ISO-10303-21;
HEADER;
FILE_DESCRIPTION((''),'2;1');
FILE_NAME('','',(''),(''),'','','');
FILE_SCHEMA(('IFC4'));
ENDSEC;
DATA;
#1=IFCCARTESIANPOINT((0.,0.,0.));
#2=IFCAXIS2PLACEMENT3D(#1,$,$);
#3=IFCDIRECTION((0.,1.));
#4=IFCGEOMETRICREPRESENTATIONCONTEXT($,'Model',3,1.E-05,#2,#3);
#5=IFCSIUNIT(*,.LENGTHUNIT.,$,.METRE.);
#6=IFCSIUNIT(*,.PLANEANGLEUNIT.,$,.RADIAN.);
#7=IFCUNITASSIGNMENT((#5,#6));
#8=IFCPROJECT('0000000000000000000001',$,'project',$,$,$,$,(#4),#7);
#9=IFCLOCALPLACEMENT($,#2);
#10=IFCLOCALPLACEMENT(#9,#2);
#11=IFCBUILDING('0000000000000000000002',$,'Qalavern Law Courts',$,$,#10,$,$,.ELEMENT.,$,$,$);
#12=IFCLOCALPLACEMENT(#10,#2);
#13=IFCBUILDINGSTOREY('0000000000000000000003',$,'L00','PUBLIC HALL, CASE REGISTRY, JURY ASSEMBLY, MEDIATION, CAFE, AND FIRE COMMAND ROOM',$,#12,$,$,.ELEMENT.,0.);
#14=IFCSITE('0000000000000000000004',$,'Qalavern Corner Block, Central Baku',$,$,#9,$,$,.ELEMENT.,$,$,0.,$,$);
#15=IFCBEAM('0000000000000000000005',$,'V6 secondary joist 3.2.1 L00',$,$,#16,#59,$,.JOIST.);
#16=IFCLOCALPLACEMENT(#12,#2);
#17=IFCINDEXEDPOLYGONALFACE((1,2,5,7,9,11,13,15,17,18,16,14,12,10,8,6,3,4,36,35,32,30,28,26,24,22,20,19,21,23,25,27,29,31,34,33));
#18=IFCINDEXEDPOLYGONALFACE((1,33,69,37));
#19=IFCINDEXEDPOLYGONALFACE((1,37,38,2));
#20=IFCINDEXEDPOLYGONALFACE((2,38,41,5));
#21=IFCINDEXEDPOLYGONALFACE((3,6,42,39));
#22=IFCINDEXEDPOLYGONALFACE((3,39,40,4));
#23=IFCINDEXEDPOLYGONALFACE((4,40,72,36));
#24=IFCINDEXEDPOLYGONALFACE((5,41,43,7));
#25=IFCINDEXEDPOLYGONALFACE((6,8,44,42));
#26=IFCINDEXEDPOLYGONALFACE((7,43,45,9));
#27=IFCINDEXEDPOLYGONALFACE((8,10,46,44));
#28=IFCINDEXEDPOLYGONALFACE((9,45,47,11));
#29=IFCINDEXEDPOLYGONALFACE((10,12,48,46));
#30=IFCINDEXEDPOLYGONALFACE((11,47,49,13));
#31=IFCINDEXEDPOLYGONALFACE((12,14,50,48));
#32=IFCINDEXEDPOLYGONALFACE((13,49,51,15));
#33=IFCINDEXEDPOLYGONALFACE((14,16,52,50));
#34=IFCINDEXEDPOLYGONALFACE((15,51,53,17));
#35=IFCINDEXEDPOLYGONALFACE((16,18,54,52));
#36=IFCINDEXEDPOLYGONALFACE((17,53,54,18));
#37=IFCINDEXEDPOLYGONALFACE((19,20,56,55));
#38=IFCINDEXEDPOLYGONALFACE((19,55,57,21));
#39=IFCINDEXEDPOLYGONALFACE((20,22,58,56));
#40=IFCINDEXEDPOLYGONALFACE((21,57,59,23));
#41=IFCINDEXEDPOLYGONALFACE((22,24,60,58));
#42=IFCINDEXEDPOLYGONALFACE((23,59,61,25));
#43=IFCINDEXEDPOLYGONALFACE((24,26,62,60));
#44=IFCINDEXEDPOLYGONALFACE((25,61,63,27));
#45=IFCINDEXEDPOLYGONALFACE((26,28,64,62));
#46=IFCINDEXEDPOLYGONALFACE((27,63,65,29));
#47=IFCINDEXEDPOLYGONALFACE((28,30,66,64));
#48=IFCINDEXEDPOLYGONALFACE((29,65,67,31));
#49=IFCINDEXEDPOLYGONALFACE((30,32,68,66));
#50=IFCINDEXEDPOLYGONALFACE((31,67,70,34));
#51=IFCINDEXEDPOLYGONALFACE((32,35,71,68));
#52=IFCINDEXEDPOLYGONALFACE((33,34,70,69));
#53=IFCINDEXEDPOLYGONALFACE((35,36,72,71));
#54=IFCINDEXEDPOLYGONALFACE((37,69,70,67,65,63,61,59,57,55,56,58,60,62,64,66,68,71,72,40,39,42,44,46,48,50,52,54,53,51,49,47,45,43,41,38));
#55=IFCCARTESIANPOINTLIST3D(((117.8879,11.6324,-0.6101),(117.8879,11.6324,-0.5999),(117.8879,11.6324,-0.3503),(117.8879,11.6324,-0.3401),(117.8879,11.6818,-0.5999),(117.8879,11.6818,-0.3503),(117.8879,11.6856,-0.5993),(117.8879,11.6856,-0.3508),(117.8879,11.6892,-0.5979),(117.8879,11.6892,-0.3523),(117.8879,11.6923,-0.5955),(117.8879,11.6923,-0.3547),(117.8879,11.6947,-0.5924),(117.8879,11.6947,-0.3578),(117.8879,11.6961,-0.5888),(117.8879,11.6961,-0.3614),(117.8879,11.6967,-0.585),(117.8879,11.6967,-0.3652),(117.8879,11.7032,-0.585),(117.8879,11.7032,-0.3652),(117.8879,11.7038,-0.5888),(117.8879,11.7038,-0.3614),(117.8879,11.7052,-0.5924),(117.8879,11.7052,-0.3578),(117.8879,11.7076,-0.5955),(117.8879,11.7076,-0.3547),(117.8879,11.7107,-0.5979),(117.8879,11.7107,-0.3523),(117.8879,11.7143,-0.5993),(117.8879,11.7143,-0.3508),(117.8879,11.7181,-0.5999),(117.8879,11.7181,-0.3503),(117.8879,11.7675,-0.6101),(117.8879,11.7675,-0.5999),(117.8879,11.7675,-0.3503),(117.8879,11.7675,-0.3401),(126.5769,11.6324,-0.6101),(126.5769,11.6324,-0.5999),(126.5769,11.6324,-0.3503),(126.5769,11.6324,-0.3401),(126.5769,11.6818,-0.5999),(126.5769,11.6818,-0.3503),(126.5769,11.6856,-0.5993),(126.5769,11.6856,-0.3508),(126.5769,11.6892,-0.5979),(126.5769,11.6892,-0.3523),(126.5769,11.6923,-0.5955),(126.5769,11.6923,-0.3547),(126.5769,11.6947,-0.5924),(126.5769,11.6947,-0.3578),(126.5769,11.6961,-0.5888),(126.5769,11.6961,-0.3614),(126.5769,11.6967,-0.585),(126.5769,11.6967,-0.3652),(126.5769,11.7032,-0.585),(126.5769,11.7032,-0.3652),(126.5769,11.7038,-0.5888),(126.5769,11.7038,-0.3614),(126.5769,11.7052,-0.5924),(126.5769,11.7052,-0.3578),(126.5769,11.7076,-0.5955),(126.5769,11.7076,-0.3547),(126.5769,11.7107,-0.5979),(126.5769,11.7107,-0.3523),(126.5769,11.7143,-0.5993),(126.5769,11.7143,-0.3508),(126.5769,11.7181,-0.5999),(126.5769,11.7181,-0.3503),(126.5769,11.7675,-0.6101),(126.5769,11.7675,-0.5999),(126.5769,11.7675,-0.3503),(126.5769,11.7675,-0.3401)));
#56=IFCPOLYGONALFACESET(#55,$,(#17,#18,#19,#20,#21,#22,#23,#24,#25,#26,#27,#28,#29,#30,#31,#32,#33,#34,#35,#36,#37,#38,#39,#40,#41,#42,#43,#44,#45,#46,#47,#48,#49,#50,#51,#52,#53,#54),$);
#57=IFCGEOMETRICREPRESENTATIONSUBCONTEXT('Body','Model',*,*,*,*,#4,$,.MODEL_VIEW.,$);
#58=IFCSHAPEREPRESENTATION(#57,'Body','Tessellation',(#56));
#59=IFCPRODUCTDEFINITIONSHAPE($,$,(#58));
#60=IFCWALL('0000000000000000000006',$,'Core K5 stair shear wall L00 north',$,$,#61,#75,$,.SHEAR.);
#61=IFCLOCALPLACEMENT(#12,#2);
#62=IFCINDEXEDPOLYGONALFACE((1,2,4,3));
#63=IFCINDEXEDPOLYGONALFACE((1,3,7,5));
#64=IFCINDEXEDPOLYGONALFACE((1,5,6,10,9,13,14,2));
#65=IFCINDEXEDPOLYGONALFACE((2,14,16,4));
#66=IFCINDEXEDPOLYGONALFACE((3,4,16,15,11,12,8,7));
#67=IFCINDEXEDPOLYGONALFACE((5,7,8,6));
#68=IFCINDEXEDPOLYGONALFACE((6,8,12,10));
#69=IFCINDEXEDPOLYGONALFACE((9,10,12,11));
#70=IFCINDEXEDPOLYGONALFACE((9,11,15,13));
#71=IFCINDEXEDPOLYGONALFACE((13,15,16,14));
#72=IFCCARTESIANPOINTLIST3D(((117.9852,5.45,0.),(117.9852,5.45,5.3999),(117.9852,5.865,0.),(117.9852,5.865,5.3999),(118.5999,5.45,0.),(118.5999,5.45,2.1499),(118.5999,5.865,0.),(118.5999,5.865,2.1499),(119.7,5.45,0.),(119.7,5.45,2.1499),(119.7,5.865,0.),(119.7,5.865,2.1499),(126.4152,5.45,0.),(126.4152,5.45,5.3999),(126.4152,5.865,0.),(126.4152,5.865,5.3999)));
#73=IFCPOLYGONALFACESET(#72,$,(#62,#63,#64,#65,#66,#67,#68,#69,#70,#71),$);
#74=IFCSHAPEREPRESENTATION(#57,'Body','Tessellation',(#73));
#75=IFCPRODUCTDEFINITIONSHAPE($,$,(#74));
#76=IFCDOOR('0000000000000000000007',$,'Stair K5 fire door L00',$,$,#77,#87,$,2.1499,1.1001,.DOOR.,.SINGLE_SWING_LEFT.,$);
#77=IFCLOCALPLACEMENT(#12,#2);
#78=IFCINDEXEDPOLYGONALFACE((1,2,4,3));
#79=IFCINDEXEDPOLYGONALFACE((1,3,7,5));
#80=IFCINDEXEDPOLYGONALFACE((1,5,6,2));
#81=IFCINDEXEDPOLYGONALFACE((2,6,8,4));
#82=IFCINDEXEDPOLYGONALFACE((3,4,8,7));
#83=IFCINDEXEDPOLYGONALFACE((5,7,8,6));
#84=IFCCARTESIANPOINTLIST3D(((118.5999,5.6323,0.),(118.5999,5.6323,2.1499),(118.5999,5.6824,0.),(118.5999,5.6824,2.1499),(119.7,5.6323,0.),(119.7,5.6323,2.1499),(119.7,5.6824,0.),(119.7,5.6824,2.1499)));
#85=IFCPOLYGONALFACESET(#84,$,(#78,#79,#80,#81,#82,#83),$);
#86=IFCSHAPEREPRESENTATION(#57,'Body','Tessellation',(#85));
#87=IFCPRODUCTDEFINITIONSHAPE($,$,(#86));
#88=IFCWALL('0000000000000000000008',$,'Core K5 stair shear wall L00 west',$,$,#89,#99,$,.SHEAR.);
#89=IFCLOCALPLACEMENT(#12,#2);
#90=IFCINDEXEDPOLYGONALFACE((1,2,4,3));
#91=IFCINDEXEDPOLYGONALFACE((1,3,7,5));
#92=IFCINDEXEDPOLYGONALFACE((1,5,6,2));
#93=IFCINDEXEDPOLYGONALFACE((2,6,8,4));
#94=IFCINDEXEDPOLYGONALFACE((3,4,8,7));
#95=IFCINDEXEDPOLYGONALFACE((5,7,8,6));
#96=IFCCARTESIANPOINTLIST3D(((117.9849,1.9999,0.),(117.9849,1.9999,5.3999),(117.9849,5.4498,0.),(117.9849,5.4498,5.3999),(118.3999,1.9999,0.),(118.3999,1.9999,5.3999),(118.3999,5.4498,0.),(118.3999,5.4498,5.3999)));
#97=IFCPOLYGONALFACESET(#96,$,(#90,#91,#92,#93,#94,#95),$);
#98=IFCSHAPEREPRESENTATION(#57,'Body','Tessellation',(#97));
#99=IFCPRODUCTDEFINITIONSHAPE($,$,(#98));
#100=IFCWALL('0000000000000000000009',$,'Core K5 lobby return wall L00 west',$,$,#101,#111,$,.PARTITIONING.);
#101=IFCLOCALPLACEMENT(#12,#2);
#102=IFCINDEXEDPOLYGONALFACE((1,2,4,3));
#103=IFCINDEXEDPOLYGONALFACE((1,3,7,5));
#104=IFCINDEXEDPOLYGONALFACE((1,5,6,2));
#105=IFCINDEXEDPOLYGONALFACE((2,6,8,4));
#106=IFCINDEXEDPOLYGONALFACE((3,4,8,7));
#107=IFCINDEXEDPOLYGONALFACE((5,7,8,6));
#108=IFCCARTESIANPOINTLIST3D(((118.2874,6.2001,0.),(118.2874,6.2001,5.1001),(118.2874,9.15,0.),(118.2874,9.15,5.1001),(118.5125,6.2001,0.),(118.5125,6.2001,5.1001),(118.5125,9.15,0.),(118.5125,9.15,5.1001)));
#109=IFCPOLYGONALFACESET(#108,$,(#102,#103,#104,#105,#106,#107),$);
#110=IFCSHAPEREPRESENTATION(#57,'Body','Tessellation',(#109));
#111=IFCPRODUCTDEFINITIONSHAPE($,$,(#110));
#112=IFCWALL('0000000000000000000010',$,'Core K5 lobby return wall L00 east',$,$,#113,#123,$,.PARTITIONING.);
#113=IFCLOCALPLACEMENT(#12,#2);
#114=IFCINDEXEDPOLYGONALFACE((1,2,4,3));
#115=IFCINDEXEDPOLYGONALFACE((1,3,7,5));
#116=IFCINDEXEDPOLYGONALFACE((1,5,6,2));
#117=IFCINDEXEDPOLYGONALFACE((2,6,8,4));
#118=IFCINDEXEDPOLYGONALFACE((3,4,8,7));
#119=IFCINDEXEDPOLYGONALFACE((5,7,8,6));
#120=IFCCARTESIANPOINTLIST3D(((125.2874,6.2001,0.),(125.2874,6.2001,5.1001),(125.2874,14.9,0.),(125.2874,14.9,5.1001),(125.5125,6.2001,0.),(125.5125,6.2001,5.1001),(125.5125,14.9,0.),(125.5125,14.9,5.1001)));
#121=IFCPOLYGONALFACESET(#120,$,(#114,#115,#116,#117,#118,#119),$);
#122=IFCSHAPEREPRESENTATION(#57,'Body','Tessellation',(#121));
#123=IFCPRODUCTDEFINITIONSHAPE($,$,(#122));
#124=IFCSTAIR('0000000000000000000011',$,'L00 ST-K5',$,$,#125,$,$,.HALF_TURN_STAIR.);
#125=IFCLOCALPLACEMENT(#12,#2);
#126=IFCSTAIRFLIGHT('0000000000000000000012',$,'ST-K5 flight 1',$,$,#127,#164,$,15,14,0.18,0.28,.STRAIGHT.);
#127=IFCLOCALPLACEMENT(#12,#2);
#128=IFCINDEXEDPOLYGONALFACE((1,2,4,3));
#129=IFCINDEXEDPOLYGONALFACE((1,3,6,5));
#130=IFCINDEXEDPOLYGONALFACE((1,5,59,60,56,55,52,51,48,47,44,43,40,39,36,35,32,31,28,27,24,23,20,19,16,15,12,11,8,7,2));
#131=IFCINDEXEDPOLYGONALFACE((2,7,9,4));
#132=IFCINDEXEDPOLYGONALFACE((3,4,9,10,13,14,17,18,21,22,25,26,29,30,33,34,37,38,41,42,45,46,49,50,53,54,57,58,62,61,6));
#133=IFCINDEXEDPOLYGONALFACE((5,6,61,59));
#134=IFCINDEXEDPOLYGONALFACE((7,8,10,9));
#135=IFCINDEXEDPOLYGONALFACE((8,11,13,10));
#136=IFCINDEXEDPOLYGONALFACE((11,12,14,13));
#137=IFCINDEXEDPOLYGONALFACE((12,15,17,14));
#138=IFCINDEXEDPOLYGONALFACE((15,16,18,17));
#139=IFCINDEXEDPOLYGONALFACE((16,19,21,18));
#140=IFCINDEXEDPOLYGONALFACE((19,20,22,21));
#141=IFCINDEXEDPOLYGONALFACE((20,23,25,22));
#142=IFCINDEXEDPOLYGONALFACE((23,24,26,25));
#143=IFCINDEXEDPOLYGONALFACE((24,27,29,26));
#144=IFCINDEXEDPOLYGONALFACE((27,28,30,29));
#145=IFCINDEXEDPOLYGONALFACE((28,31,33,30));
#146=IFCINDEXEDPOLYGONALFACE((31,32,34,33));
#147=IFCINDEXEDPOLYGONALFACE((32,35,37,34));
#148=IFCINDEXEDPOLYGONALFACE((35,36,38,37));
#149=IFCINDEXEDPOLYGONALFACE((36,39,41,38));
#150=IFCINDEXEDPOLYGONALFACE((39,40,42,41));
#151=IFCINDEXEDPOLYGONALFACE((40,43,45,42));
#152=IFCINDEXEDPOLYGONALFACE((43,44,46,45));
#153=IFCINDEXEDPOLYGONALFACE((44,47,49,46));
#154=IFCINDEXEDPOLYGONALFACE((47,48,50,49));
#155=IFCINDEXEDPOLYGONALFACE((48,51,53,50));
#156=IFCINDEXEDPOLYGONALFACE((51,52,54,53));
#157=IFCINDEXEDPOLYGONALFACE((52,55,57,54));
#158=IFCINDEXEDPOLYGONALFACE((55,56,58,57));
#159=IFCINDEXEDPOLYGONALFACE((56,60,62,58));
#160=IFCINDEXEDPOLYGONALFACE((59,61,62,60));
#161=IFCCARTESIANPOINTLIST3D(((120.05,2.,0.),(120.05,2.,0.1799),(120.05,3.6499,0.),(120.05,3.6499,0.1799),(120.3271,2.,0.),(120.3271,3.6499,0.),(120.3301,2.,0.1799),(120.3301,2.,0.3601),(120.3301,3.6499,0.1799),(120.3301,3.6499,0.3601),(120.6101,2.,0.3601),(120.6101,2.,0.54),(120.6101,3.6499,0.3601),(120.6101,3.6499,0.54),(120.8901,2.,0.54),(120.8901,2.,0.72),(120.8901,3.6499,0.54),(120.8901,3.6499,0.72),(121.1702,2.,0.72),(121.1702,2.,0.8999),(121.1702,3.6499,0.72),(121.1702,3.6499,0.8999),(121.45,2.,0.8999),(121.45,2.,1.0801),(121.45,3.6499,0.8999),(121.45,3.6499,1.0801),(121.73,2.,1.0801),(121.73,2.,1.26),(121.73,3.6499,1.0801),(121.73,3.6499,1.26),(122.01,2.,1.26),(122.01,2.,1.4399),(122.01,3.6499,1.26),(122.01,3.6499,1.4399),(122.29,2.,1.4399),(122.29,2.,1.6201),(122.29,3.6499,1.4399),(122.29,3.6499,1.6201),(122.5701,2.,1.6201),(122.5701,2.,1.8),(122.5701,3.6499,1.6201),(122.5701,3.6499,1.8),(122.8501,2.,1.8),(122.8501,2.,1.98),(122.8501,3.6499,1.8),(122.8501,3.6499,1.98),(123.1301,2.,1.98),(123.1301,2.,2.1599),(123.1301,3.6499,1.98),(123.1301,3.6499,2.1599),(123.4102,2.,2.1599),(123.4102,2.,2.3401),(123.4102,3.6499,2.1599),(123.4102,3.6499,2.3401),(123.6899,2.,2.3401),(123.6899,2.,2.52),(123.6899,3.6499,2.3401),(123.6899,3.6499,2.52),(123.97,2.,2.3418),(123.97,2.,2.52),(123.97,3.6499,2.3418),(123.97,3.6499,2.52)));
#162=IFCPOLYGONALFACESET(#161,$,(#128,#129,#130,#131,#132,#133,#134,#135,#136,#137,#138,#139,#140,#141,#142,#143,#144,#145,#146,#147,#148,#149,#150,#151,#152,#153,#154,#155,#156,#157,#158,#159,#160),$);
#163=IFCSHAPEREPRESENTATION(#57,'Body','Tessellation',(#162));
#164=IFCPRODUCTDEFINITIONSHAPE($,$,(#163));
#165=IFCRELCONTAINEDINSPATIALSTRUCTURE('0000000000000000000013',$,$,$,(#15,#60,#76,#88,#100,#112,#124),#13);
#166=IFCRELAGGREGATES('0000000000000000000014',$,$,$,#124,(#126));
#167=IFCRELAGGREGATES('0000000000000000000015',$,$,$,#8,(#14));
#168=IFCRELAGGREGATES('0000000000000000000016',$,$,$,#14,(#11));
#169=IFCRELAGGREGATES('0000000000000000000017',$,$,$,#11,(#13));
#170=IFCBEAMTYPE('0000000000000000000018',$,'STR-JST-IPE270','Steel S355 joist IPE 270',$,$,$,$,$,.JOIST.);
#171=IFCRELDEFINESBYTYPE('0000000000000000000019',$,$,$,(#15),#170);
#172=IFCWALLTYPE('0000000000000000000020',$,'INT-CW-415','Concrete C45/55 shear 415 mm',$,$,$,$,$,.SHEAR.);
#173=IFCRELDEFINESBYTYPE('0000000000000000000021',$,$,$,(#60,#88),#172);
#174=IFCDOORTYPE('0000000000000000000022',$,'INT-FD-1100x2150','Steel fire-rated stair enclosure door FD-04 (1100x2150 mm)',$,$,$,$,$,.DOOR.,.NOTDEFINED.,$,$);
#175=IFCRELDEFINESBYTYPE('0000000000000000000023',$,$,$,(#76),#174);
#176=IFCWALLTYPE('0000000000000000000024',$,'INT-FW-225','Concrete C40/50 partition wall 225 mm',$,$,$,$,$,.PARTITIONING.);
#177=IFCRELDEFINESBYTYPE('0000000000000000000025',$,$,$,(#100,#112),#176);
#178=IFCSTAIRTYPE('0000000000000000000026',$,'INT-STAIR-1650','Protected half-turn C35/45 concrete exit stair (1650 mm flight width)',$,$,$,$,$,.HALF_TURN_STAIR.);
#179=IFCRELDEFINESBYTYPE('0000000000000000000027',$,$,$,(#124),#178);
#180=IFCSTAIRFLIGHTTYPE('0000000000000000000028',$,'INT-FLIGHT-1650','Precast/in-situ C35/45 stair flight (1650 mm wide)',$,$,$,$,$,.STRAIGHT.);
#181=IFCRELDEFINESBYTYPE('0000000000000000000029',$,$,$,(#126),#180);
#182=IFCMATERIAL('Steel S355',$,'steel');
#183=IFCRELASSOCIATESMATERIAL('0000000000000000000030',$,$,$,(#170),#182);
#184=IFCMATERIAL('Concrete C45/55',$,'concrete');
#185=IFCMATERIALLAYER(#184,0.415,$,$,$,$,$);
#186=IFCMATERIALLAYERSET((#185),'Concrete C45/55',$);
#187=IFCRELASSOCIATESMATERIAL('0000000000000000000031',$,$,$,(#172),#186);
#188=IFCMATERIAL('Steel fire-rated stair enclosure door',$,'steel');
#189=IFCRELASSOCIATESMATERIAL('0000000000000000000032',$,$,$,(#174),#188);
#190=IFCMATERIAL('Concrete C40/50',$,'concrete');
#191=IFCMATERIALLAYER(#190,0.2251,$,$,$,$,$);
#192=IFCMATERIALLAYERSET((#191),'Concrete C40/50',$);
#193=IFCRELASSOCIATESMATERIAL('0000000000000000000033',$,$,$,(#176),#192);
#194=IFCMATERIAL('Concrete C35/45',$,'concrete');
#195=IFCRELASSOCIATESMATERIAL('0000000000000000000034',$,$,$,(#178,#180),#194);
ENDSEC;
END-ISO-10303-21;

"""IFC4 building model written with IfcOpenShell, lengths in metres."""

from ifc_helpers import new_model, si_unit, direction, frame, frame_2d, origin, origin_2d, place, context, subcontext, project, spatial, polyline, rectangle, i_section, outline, extrude, material, layer, layer_set, material_profile, profile_set, type_object, element, fill, aggregate, save


model = new_model("IFC4")

# Units and contexts
model_context = context("Model", 3, precision=1e-05, world=origin(), true_north=direction((0.0, 1.0)))
body_context = subcontext(model_context, "Body", "Model", "MODEL_VIEW")
ifc_project = project(units=[si_unit("LENGTHUNIT", "METRE"), si_unit("PLANEANGLEUNIT", "RADIAN")], contexts=[model_context])

# Site, building, storey
site_placement = place(None, origin())
site = spatial("IfcSite", under=ifc_project, at=site_placement, Name="Qalavern Corner Block, Central Baku", CompositionType="ELEMENT", RefElevation=0.0)
building_placement = place(site_placement, origin())
building = spatial("IfcBuilding", under=site, at=building_placement, Name="Qalavern Law Courts", CompositionType="ELEMENT")
storey_placement = place(building_placement, origin())
storey = spatial("IfcBuildingStorey", under=building, at=storey_placement, Name="L00", Description="PUBLIC HALL, CASE REGISTRY, JURY ASSEMBLY, MEDIATION, CAFE, AND FIRE COMMAND ROOM", CompositionType="ELEMENT", Elevation=0.0)

# Shared definitions
ifc_material_1 = material(Name="Concrete C45/55", Category="concrete")

# Beam
ifc_material_2 = material(Name="Steel S355", Category="steel")
ifc_material_3 = material(Name="Concrete C40/50", Category="concrete")
ifc_material_profile_1 = material_profile(ifc_material_2, i_section(OverallWidth=0.135, OverallDepth=0.27, WebThickness=0.0066, FlangeThickness=0.0103, FilletRadius=0.0149, at=origin_2d()), Name="IPE 270")
ifc_profile_set_1 = profile_set([ifc_material_profile_1], Name="Steel S355")
beam_type_1 = type_object("IfcBeamType", Name="STR-JST-IPE270", Description="Steel S355 joist IPE 270", PredefinedType="JOIST", material=ifc_profile_set_1)
beam_1_placement = place(storey_placement, frame((117.8879, 11.7, -0.4751), z_axis=(1.0, 0.0, 0.0), x_axis=(0.0, 1.0, 0.0)))
element("IfcBeam", 1, at=beam_1_placement, inside=storey, type_object=beam_type_1, Name="V6 secondary joist 3.2.1 L00", PredefinedType="JOIST", context=body_context, shape_type="SweptSolid", body=[
    extrude(i_section(OverallWidth=0.135, OverallDepth=0.27, WebThickness=0.0066, FlangeThickness=0.0103, FilletRadius=0.0149, at=origin_2d()), origin(), (0.0, 0.0, 1.0), 8.689),
])

# Wall, opening, door
ifc_layer_1 = layer(ifc_material_1, 0.415)
ifc_layer_set_1 = layer_set([ifc_layer_1], Name="Concrete C45/55")
wall_type_1 = type_object("IfcWallType", Name="INT-CW-415", Description="Concrete C45/55 shear 415 mm", PredefinedType="SHEAR", material=ifc_layer_set_1)
wall_1_placement = place(storey_placement, frame((126.415, 5.6575, 0.0), z_axis=(0.0, 0.0, 1.0), x_axis=(-1.0, 0.0, 0.0)))
wall_1 = element("IfcWall", 2, at=wall_1_placement, inside=storey, type_object=wall_type_1, Name="Core K5 stair shear wall L00 north", PredefinedType="SHEAR", context=body_context, shape_type="SweptSolid", body=[
    extrude(rectangle(XDim=8.4299, YDim=0.415, at=frame_2d((4.2148, 0.0))), origin(), (0.0, 0.0, 1.0), 5.3999),
])
opening_1_placement = place(wall_1_placement, frame((6.7151, 0.0, 0.0)))
opening_1 = element("IfcOpeningElement", 3, at=opening_1_placement, cuts=wall_1, PredefinedType="OPENING", context=body_context, shape_type="SweptSolid", body=[
    extrude(rectangle(XDim=1.1001, YDim=2.1499, at=frame_2d((0.55, 1.075))), frame((0.0, 0.2224, 0.0), z_axis=(0.0, -1.0, 0.0), x_axis=(1.0, 0.0, 0.0)), (0.0, 0.0, 1.0), 0.4448),
])
ifc_material_4 = material(Name="Steel fire-rated stair enclosure door", Category="steel")
door_type_1 = type_object("IfcDoorType", Name="INT-FD-1100x2150", Description="Steel fire-rated stair enclosure door FD-04 (1100x2150 mm)", OperationType="NOTDEFINED", PredefinedType="DOOR", material=ifc_material_4)
door_1_placement = place(opening_1_placement, frame((1.1001, 0.0, 0.0), z_axis=(0.0, 0.0, 1.0), x_axis=(-1.0, 0.0, 0.0)))
door_1 = element("IfcDoor", 4, at=door_1_placement, inside=storey, type_object=door_type_1, Name="Stair K5 fire door L00", OperationType="SINGLE_SWING_LEFT", OverallHeight=2.1499, OverallWidth=1.1001, PredefinedType="DOOR", context=body_context, shape_type="SweptSolid", body=[
    extrude(rectangle(XDim=1.1001, YDim=2.1499, at=frame_2d((0.55, 1.075))), frame((0.0, 0.0249, 0.0), z_axis=(0.0, -1.0, 0.0), x_axis=(1.0, 0.0, 0.0)), (0.0, 0.0, 1.0), 0.05),
])
fill(opening_1, door_1)

# Wall
wall_2_placement = place(storey_placement, frame((118.1924, 5.45, 0.0), z_axis=(0.0, 0.0, 1.0), x_axis=(0.0, -1.0, 0.0)))
element("IfcWall", 5, at=wall_2_placement, inside=storey, type_object=wall_type_1, Name="Core K5 stair shear wall L00 west", PredefinedType="SHEAR", context=body_context, shape_type="SweptSolid", body=[
    extrude(rectangle(XDim=3.45, YDim=0.415, at=frame_2d((1.7251, 0.0))), origin(), (0.0, 0.0, 1.0), 5.3999),
])

# Shared definitions
ifc_layer_2 = layer(ifc_material_3, 0.2251)
ifc_layer_set_2 = layer_set([ifc_layer_2], Name="Concrete C40/50")
wall_type_2 = type_object("IfcWallType", Name="INT-FW-225", Description="Concrete C40/50 partition wall 225 mm", PredefinedType="PARTITIONING", material=ifc_layer_set_2)

# Walls
wall_3_placement = place(storey_placement, frame((118.3999, 6.2, 0.0), z_axis=(0.0, 0.0, 1.0), x_axis=(0.0, 1.0, 0.0)))
element("IfcWall", 6, at=wall_3_placement, inside=storey, type_object=wall_type_2, Name="Core K5 lobby return wall L00 west", PredefinedType="PARTITIONING", context=body_context, shape_type="SweptSolid", body=[
    extrude(rectangle(XDim=2.95, YDim=0.2251, at=frame_2d((1.4751, 0.0))), origin(), (0.0, 0.0, 1.0), 5.1001),
])
wall_4_placement = place(storey_placement, frame((125.3999, 6.2, 0.0), z_axis=(0.0, 0.0, 1.0), x_axis=(0.0, 1.0, 0.0)))
element("IfcWall", 7, at=wall_4_placement, inside=storey, type_object=wall_type_2, Name="Core K5 lobby return wall L00 east", PredefinedType="PARTITIONING", context=body_context, shape_type="SweptSolid", body=[
    extrude(rectangle(XDim=8.7, YDim=0.2251, at=frame_2d((4.3501, 0.0))), origin(), (0.0, 0.0, 1.0), 5.1001),
])

# Stair, stair flight
ifc_material_5 = material(Name="Concrete C35/45", Category="concrete")
stair_type = type_object("IfcStairType", Name="INT-STAIR-1650", Description="Protected half-turn C35/45 concrete exit stair (1650 mm flight width)", PredefinedType="HALF_TURN_STAIR", material=ifc_material_5)
stair_placement = place(storey_placement, origin())
stair = element("IfcStair", 8, at=stair_placement, inside=storey, type_object=stair_type, Name="L00 ST-K5", PredefinedType="HALF_TURN_STAIR")
stair_flight_type = type_object("IfcStairFlightType", Name="INT-FLIGHT-1650", Description="Precast/in-situ C35/45 stair flight (1650 mm wide)", PredefinedType="STRAIGHT", material=ifc_material_5)
stair_flight_1_placement = place(storey_placement, frame((120.05, 2.825, 0.0), z_axis=(0.0, 0.0, 1.0), x_axis=(1.0, 0.0, 0.0)))
stair_flight_1 = element("IfcStairFlight", 9, at=stair_flight_1_placement, type_object=stair_flight_type, Name="ST-K5 flight 1", NumberOfRisers=15, NumberOfTreads=14, PredefinedType="STRAIGHT", RiserHeight=0.18, TreadLength=0.28, context=body_context, shape_type="SweptSolid", body=[
    extrude(outline(polyline([(0.0, 0.0), (0.0, 0.1799), (0.28, 0.1799), (0.28, 0.3601), (0.5601, 0.3601), (0.5601, 0.54), (0.8401, 0.54), (0.8401, 0.72), (1.1201, 0.72), (1.1201, 0.8999), (1.3999, 0.8999), (1.3999, 1.0801), (1.6799, 1.0801), (1.6799, 1.26), (1.96, 1.26), (1.96, 1.4399), (2.24, 1.4399), (2.24, 1.6201), (2.52, 1.6201), (2.52, 1.8), (2.8, 1.8), (2.8, 1.98), (3.0801, 1.98), (3.0801, 2.1599), (3.3601, 2.1599), (3.3601, 2.3401), (3.6399, 2.3401), (3.6399, 2.52), (3.9199, 2.52), (3.9199, 2.7), (3.9199, 2.3418), (0.2771, 0.0), (0.0, 0.0)])), frame((0.0, 0.825, 0.0), z_axis=(0.0, -1.0, 0.0), x_axis=(1.0, 0.0, 0.0)), (0.0, 0.0, 1.0), 1.6499),
])
aggregate(stair, [stair_flight_1])

save(model, "model.ifc")
